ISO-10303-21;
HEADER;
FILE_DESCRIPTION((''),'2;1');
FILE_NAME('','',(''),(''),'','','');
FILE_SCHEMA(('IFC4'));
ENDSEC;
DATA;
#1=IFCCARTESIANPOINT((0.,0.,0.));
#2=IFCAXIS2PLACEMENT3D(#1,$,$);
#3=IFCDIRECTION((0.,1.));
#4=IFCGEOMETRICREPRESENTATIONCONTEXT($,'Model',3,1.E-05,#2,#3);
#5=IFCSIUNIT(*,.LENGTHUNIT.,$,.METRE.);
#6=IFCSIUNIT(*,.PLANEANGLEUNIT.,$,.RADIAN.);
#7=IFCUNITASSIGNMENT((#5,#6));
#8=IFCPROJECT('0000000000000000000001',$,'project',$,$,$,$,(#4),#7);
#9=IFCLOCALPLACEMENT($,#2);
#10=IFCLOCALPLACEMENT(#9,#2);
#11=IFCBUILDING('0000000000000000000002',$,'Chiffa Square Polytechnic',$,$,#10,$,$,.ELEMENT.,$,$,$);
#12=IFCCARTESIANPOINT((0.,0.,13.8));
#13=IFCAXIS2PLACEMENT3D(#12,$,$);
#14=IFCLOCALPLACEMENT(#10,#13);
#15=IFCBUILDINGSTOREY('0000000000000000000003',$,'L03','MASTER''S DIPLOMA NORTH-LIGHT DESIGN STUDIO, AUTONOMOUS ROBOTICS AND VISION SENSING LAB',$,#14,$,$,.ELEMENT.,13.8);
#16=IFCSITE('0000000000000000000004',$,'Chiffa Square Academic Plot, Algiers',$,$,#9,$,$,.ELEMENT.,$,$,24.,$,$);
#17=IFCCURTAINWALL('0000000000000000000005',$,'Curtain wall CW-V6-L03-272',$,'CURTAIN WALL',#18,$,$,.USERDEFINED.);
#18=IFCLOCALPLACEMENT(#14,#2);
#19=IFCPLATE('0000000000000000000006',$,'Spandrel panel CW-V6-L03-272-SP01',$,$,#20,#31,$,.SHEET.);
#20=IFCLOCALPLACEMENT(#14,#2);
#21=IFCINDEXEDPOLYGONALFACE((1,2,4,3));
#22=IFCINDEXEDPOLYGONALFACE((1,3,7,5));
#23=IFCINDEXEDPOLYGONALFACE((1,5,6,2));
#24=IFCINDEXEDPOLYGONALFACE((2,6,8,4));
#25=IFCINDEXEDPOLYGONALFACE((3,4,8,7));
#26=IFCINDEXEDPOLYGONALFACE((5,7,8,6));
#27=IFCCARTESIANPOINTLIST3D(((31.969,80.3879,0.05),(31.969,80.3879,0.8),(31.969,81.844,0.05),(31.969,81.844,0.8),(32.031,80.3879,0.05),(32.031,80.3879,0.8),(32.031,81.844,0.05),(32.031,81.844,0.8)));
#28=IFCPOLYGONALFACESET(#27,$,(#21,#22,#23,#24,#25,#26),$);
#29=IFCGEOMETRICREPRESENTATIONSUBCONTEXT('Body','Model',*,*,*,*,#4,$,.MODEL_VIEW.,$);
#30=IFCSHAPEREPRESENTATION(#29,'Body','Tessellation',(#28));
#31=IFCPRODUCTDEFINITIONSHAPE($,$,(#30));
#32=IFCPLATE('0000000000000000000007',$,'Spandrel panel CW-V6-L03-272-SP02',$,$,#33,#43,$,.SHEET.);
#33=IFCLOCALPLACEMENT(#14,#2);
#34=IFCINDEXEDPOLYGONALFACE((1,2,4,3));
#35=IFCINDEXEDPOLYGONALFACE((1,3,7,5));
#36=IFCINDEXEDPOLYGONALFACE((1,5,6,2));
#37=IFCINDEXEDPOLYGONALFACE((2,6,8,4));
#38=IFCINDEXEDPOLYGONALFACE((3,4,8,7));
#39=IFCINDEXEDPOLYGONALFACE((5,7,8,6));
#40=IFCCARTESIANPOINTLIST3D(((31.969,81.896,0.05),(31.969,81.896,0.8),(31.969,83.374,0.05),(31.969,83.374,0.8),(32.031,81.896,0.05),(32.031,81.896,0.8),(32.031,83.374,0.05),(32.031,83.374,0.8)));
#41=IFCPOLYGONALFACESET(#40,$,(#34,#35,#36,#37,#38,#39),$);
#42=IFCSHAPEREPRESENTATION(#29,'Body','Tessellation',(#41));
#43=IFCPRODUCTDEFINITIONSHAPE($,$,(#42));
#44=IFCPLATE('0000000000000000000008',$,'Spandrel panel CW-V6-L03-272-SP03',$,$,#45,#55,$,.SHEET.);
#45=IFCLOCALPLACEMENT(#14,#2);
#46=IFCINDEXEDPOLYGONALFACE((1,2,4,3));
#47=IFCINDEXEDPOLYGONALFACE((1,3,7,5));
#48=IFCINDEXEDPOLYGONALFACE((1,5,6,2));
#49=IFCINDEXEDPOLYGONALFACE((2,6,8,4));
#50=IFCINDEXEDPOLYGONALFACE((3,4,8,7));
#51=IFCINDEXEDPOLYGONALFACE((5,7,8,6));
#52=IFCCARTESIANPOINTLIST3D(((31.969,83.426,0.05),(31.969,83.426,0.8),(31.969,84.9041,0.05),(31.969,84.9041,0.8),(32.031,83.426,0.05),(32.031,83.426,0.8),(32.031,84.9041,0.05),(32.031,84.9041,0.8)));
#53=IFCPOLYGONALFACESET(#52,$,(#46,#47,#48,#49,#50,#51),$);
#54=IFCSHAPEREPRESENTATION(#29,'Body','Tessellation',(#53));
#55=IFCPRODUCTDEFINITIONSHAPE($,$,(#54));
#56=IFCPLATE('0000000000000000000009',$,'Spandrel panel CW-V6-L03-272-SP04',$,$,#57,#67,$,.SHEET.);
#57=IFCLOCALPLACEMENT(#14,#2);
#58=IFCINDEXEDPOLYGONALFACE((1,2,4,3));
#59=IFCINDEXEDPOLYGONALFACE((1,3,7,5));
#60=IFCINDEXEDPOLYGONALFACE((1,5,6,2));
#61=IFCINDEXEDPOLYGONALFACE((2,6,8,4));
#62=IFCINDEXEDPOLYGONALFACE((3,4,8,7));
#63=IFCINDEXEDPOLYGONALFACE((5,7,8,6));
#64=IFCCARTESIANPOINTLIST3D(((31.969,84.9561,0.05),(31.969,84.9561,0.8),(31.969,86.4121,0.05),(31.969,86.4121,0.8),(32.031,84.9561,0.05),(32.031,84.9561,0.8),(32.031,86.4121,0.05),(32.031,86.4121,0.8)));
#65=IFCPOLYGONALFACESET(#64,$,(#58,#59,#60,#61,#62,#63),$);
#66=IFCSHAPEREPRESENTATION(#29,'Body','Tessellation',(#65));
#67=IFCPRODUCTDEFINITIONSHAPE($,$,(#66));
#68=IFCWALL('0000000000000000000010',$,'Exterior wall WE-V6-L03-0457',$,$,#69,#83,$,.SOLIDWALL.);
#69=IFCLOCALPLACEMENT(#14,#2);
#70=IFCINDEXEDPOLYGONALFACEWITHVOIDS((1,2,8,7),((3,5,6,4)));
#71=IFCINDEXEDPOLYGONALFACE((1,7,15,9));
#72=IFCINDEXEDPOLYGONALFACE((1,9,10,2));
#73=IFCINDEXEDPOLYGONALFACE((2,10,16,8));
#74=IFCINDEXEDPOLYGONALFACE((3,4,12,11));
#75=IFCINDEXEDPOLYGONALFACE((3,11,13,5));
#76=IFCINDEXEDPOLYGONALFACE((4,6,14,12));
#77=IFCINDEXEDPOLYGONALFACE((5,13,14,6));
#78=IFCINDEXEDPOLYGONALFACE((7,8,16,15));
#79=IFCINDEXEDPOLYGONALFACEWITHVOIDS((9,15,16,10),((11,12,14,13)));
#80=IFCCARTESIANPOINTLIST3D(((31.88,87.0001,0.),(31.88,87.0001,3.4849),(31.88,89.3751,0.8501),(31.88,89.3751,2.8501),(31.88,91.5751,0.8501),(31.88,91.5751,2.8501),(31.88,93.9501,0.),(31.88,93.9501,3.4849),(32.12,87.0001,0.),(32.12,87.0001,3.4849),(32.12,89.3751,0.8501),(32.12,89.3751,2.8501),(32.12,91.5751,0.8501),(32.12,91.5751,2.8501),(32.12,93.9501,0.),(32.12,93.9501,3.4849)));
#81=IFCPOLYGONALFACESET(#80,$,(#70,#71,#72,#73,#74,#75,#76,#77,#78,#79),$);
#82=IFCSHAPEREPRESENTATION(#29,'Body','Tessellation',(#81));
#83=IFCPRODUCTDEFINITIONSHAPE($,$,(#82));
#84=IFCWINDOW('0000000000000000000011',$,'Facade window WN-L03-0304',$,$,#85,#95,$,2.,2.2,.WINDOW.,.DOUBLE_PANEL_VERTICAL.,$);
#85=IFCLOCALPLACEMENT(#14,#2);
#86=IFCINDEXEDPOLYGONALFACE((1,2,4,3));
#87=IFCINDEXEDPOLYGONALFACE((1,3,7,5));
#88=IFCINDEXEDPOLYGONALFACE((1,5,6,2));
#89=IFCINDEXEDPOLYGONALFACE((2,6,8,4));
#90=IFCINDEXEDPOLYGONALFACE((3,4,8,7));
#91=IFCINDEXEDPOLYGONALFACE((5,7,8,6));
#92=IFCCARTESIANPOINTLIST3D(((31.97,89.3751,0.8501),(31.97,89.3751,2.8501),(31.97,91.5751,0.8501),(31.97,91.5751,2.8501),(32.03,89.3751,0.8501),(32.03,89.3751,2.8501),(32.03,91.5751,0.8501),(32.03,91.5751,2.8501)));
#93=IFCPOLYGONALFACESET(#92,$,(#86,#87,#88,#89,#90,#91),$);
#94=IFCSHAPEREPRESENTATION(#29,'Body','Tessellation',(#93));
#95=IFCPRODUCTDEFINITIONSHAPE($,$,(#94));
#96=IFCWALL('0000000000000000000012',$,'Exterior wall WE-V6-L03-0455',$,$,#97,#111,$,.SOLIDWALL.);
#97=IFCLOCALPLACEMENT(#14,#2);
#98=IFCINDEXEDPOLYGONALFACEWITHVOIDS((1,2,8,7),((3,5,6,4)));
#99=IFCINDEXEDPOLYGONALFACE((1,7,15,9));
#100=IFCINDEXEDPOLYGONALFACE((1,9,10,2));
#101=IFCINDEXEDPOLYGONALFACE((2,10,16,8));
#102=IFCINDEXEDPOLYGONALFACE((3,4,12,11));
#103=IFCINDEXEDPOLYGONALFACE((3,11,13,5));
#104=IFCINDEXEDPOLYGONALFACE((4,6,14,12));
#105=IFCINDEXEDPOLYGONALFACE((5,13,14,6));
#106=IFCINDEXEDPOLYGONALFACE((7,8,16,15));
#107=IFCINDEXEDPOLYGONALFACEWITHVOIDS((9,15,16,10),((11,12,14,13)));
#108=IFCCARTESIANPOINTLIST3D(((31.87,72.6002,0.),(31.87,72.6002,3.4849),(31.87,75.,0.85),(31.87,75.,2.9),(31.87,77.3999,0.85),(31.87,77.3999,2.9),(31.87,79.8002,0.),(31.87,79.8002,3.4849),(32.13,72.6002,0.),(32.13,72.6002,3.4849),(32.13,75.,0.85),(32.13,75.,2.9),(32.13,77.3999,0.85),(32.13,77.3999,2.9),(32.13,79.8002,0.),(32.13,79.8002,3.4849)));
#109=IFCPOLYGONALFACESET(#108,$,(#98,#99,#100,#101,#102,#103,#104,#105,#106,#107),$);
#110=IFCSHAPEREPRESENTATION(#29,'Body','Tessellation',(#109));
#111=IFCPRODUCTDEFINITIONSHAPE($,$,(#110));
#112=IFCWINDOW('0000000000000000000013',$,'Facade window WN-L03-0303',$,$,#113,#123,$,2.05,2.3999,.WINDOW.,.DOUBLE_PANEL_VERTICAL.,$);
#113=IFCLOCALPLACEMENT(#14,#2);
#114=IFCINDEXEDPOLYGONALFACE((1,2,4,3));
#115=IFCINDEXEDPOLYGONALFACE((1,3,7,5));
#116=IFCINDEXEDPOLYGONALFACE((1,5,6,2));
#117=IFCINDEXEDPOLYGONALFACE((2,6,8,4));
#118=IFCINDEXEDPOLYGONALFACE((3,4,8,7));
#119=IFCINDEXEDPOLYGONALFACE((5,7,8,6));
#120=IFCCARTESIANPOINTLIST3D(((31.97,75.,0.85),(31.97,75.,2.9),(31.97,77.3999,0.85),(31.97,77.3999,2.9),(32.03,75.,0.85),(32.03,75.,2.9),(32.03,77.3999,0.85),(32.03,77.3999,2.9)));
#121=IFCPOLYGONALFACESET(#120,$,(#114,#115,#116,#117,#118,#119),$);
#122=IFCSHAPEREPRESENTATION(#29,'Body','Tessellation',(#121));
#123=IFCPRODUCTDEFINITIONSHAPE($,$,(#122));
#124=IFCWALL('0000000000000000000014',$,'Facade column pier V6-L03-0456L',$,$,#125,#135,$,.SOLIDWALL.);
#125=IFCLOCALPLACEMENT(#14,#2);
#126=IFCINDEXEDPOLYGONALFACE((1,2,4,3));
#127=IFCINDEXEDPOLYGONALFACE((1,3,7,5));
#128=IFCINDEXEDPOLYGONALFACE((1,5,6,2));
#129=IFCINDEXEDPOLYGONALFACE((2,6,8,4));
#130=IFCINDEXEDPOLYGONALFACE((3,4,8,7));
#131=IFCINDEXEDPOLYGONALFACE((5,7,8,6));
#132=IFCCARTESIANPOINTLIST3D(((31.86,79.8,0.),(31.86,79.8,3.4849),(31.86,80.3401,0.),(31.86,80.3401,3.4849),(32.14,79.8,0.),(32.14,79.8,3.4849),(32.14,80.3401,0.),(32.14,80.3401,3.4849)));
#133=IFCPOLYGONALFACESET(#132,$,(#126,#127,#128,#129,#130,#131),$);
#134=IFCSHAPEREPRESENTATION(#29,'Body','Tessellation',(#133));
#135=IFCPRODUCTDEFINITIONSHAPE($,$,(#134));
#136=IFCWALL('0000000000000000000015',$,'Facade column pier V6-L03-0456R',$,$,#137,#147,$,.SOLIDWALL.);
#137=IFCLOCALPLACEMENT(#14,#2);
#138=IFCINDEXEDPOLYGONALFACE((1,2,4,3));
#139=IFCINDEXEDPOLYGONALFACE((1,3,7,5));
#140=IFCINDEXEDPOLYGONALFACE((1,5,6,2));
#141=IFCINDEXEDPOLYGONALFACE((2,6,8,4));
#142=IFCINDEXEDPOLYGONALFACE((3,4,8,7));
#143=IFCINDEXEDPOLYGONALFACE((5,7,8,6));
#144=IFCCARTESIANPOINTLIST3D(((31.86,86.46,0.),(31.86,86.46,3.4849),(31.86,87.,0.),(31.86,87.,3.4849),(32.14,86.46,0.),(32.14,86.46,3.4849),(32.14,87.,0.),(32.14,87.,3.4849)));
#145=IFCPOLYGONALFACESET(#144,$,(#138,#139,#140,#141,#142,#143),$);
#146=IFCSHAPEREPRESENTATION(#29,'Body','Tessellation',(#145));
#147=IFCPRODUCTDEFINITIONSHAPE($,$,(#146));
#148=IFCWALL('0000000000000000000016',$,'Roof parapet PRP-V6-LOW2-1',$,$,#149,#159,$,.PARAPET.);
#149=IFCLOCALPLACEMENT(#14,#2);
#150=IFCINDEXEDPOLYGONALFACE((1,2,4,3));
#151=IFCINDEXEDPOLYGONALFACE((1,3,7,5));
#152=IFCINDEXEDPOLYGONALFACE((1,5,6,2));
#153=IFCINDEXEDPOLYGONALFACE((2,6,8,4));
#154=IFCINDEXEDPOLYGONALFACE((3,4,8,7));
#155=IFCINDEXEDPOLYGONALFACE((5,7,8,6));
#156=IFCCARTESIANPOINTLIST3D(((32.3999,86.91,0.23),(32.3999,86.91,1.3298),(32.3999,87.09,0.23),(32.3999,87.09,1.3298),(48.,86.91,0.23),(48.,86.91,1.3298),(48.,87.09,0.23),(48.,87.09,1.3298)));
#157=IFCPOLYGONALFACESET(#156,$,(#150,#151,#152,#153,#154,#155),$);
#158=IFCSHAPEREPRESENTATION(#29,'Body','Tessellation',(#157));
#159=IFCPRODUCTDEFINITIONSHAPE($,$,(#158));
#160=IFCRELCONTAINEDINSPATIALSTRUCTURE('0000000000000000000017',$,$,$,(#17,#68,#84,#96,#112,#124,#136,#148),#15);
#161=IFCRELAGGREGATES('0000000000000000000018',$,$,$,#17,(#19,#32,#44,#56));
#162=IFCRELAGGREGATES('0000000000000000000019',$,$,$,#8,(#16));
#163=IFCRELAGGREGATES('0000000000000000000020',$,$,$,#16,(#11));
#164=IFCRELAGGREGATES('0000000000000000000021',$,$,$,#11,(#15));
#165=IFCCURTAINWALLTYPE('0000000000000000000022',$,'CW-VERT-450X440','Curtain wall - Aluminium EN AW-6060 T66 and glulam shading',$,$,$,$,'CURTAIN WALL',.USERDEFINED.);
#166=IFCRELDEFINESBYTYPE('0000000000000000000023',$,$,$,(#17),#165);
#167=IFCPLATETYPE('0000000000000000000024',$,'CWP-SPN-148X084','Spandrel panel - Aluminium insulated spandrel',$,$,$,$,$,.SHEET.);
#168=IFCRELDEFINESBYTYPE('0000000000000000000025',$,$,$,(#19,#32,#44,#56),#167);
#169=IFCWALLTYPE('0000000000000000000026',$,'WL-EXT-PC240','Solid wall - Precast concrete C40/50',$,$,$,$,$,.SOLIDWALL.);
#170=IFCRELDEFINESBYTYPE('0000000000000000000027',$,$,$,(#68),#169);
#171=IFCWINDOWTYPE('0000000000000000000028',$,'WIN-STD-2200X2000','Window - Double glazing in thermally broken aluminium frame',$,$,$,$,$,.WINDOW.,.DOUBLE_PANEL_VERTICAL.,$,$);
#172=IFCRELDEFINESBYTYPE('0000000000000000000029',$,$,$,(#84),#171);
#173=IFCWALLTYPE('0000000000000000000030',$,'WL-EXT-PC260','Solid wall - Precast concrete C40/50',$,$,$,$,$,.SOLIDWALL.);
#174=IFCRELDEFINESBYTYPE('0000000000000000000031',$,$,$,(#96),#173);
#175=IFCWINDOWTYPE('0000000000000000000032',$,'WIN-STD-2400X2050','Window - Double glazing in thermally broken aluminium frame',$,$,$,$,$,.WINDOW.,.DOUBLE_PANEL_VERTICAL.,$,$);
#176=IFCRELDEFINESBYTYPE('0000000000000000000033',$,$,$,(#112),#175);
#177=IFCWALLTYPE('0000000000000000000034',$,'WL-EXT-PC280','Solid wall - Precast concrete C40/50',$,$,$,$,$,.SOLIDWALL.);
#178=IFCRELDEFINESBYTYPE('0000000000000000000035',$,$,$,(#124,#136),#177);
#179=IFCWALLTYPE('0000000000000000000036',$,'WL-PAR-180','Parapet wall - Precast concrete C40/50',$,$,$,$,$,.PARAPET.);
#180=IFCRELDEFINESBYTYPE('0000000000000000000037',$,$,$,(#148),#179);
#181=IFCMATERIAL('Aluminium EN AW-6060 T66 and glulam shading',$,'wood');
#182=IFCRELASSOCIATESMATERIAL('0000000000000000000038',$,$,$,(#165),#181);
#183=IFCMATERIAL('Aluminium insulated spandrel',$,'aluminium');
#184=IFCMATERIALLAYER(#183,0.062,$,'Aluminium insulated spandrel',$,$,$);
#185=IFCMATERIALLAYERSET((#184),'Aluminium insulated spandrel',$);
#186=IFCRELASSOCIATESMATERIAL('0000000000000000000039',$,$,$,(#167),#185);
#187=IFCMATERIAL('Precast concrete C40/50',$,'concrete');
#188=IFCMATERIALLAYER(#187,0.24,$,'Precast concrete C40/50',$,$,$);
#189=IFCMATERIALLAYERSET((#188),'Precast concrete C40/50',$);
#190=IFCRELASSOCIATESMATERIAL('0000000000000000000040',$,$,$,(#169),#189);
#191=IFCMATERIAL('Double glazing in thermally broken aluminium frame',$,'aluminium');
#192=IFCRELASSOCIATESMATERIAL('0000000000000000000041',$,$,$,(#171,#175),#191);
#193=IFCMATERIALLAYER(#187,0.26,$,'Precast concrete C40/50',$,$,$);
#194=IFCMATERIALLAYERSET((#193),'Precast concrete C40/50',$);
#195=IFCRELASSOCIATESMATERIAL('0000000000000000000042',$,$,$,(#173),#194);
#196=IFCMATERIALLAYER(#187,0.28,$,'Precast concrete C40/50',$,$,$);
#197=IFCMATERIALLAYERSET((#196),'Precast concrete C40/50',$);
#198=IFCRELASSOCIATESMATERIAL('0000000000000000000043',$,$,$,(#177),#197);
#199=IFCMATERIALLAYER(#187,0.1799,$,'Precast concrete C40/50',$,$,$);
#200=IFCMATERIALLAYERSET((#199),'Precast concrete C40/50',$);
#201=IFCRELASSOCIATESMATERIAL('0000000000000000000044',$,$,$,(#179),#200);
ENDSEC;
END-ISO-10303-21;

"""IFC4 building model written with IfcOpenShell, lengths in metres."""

from ifc_helpers import new_model, si_unit, direction, frame, frame_2d, origin, origin_2d, place, context, subcontext, project, spatial, rectangle, extrude, material, layer, layer_set, type_object, element, fill, aggregate, save


model = new_model("IFC4")

# Units and contexts
model_context = context("Model", 3, precision=1e-05, world=origin(), true_north=direction((0.0, 1.0)))
body_context = subcontext(model_context, "Body", "Model", "MODEL_VIEW")
ifc_project = project(units=[si_unit("LENGTHUNIT", "METRE"), si_unit("PLANEANGLEUNIT", "RADIAN")], contexts=[model_context])

# Site, building, storey
site_placement = place(None, origin())
site = spatial("IfcSite", under=ifc_project, at=site_placement, Name="Chiffa Square Academic Plot, Algiers", CompositionType="ELEMENT", RefElevation=24.0)
building_placement = place(site_placement, origin())
building = spatial("IfcBuilding", under=site, at=building_placement, Name="Chiffa Square Polytechnic", CompositionType="ELEMENT")
storey_placement = place(building_placement, frame((0.0, 0.0, 13.8)))
storey = spatial("IfcBuildingStorey", under=building, at=storey_placement, Name="L03", Description="MASTER'S DIPLOMA NORTH-LIGHT DESIGN STUDIO, AUTONOMOUS ROBOTICS AND VISION SENSING LAB", CompositionType="ELEMENT", Elevation=13.8)

# Curtain wall
ifc_material_1 = material(Name="Aluminium EN AW-6060 T66 and glulam shading", Category="wood")
curtain_wall_type = type_object("IfcCurtainWallType", Name="CW-VERT-450X440", Description="Curtain wall - Aluminium EN AW-6060 T66 and glulam shading", ElementType="CURTAIN WALL", PredefinedType="USERDEFINED", material=ifc_material_1)
curtain_wall_placement = place(storey_placement, origin())
curtain_wall = element("IfcCurtainWall", 1, at=curtain_wall_placement, inside=storey, type_object=curtain_wall_type, Name="Curtain wall CW-V6-L03-272", ObjectType="CURTAIN WALL", PredefinedType="USERDEFINED")

# Plates
ifc_material_2 = material(Name="Aluminium insulated spandrel", Category="aluminium")
ifc_layer_1 = layer(ifc_material_2, 0.062, Name="Aluminium insulated spandrel")
ifc_layer_set_1 = layer_set([ifc_layer_1], Name="Aluminium insulated spandrel")
plate_type_1 = type_object("IfcPlateType", Name="CWP-SPN-148X084", Description="Spandrel panel - Aluminium insulated spandrel", PredefinedType="SHEET", material=ifc_layer_set_1)
plate_1_placement = place(storey_placement, frame((32.0, 81.116, 0.05), z_axis=(0.0, 0.0, 1.0), x_axis=(0.0, 1.0, 0.0)))
plate_1 = element("IfcPlate", 2, at=plate_1_placement, type_object=plate_type_1, Name="Spandrel panel CW-V6-L03-272-SP01", PredefinedType="SHEET", context=body_context, shape_type="SweptSolid", body=[
    extrude(rectangle(XDim=1.4561, YDim=0.062, at=origin_2d()), origin(), (0.0, 0.0, 1.0), 0.75),
])
plate_2_placement = place(storey_placement, frame((32.0, 82.635, 0.05), z_axis=(0.0, 0.0, 1.0), x_axis=(0.0, 1.0, 0.0)))
plate_2 = element("IfcPlate", 3, at=plate_2_placement, type_object=plate_type_1, Name="Spandrel panel CW-V6-L03-272-SP02", PredefinedType="SHEET", context=body_context, shape_type="SweptSolid", body=[
    extrude(rectangle(XDim=1.478, YDim=0.062, at=origin_2d()), origin(), (0.0, 0.0, 1.0), 0.75),
])
plate_3_placement = place(storey_placement, frame((32.0, 84.165, 0.05), z_axis=(0.0, 0.0, 1.0), x_axis=(0.0, 1.0, 0.0)))
plate_3 = element("IfcPlate", 4, at=plate_3_placement, type_object=plate_type_1, Name="Spandrel panel CW-V6-L03-272-SP03", PredefinedType="SHEET", context=body_context, shape_type="SweptSolid", body=[
    extrude(rectangle(XDim=1.478, YDim=0.062, at=origin_2d()), origin(), (0.0, 0.0, 1.0), 0.75),
])
plate_4_placement = place(storey_placement, frame((32.0, 85.6841, 0.05), z_axis=(0.0, 0.0, 1.0), x_axis=(0.0, 1.0, 0.0)))
plate_4 = element("IfcPlate", 5, at=plate_4_placement, type_object=plate_type_1, Name="Spandrel panel CW-V6-L03-272-SP04", PredefinedType="SHEET", context=body_context, shape_type="SweptSolid", body=[
    extrude(rectangle(XDim=1.4561, YDim=0.062, at=origin_2d()), origin(), (0.0, 0.0, 1.0), 0.75),
])
aggregate(curtain_wall, [plate_1, plate_2, plate_3, plate_4])

# Walls, openings, windows
ifc_material_3 = material(Name="Precast concrete C40/50", Category="concrete")
ifc_layer_2 = layer(ifc_material_3, 0.24, Name="Precast concrete C40/50")
ifc_layer_set_2 = layer_set([ifc_layer_2], Name="Precast concrete C40/50")
wall_type_1 = type_object("IfcWallType", Name="WL-EXT-PC240", Description="Solid wall - Precast concrete C40/50", PredefinedType="SOLIDWALL", material=ifc_layer_set_2)
wall_1_placement = place(storey_placement, frame((32.0, 87.0, 0.0), z_axis=(0.0, 0.0, 1.0), x_axis=(0.0, 1.0, 0.0)))
wall_1 = element("IfcWall", 6, at=wall_1_placement, inside=storey, type_object=wall_type_1, Name="Exterior wall WE-V6-L03-0457", PredefinedType="SOLIDWALL", context=body_context, shape_type="SweptSolid", body=[
    extrude(rectangle(XDim=6.95, YDim=0.24, at=frame_2d((3.4751, 0.0))), origin(), (0.0, 0.0, 1.0), 3.4849),
])
opening_1_placement = place(wall_1_placement, frame((2.375, 0.0, 0.8501)))
opening_1 = element("IfcOpeningElement", 7, at=opening_1_placement, cuts=wall_1, PredefinedType="OPENING", context=body_context, shape_type="SweptSolid", body=[
    extrude(rectangle(XDim=2.2, YDim=2.0, at=frame_2d((1.1001, 1.0))), frame((0.0, 0.1299, 0.0), z_axis=(0.0, -1.0, 0.0), x_axis=(1.0, 0.0, 0.0)), (0.0, 0.0, 1.0), 0.26),
])
ifc_material_4 = material(Name="Double glazing in thermally broken aluminium frame", Category="aluminium")
window_type_1 = type_object("IfcWindowType", Name="WIN-STD-2200X2000", Description="Window - Double glazing in thermally broken aluminium frame", PartitioningType="DOUBLE_PANEL_VERTICAL", PredefinedType="WINDOW", material=ifc_material_4)
window_1_placement = place(opening_1_placement, origin())
window_1 = element("IfcWindow", 8, at=window_1_placement, inside=storey, type_object=window_type_1, Name="Facade window WN-L03-0304", OverallHeight=2.0, OverallWidth=2.2, PartitioningType="DOUBLE_PANEL_VERTICAL", PredefinedType="WINDOW", context=body_context, shape_type="SweptSolid", body=[
    extrude(rectangle(XDim=2.2, YDim=2.0, at=frame_2d((1.1001, 1.0))), frame((0.0, 0.03, 0.0), z_axis=(0.0, -1.0, 0.0), x_axis=(1.0, 0.0, 0.0)), (0.0, 0.0, 1.0), 0.0601),
])
fill(opening_1, window_1)
ifc_layer_3 = layer(ifc_material_3, 0.26, Name="Precast concrete C40/50")
ifc_layer_set_3 = layer_set([ifc_layer_3], Name="Precast concrete C40/50")
wall_type_2 = type_object("IfcWallType", Name="WL-EXT-PC260", Description="Solid wall - Precast concrete C40/50", PredefinedType="SOLIDWALL", material=ifc_layer_set_3)
wall_2_placement = place(storey_placement, frame((32.0, 72.6001, 0.0), z_axis=(0.0, 0.0, 1.0), x_axis=(0.0, 1.0, 0.0)))
wall_2 = element("IfcWall", 9, at=wall_2_placement, inside=storey, type_object=wall_type_2, Name="Exterior wall WE-V6-L03-0455", PredefinedType="SOLIDWALL", context=body_context, shape_type="SweptSolid", body=[
    extrude(rectangle(XDim=7.2, YDim=0.26, at=frame_2d((3.6001, 0.0))), origin(), (0.0, 0.0, 1.0), 3.4849),
])
opening_2_placement = place(wall_2_placement, frame((2.3999, 0.0, 0.8501)))
opening_2 = element("IfcOpeningElement", 10, at=opening_2_placement, cuts=wall_2, PredefinedType="OPENING", context=body_context, shape_type="SweptSolid", body=[
    extrude(rectangle(XDim=2.3999, YDim=2.05, at=frame_2d((1.2, 1.0249))), frame((0.0, 0.1401, 0.0), z_axis=(0.0, -1.0, 0.0), x_axis=(1.0, 0.0, 0.0)), (0.0, 0.0, 1.0), 0.28),
])
window_type_2 = type_object("IfcWindowType", Name="WIN-STD-2400X2050", Description="Window - Double glazing in thermally broken aluminium frame", PartitioningType="DOUBLE_PANEL_VERTICAL", PredefinedType="WINDOW", material=ifc_material_4)
window_2_placement = place(opening_2_placement, origin())
window_2 = element("IfcWindow", 11, at=window_2_placement, inside=storey, type_object=window_type_2, Name="Facade window WN-L03-0303", OverallHeight=2.05, OverallWidth=2.3999, PartitioningType="DOUBLE_PANEL_VERTICAL", PredefinedType="WINDOW", context=body_context, shape_type="SweptSolid", body=[
    extrude(rectangle(XDim=2.3999, YDim=2.05, at=frame_2d((1.2, 1.0249))), frame((0.0, 0.03, 0.0), z_axis=(0.0, -1.0, 0.0), x_axis=(1.0, 0.0, 0.0)), (0.0, 0.0, 1.0), 0.0601),
])
fill(opening_2, window_2)

# Walls
ifc_layer_4 = layer(ifc_material_3, 0.28, Name="Precast concrete C40/50")
ifc_layer_set_4 = layer_set([ifc_layer_4], Name="Precast concrete C40/50")
wall_type_3 = type_object("IfcWallType", Name="WL-EXT-PC280", Description="Solid wall - Precast concrete C40/50", PredefinedType="SOLIDWALL", material=ifc_layer_set_4)
for number, where, z_axis, x_axis, name in (
    (12, (32.0, 79.8, 0.0), (0.0, 0.0, 1.0), (0.0, 1.0, 0.0), "Facade column pier V6-L03-0456L"),
    (13, (32.0, 86.46, 0.0), (0.0, 0.0, 1.0), (0.0, 1.0, 0.0), "Facade column pier V6-L03-0456R"),
):
    element("IfcWall", number, at=place(storey_placement, frame(where, z_axis=z_axis, x_axis=x_axis)), inside=storey, type_object=wall_type_3, Name=name, PredefinedType="SOLIDWALL", context=body_context, shape_type="SweptSolid", body=[
        extrude(rectangle(XDim=0.54, YDim=0.28, at=frame_2d((0.27, 0.0))), origin(), (0.0, 0.0, 1.0), 3.4849),
    ])
ifc_layer_5 = layer(ifc_material_3, 0.1799, Name="Precast concrete C40/50")
ifc_layer_set_5 = layer_set([ifc_layer_5], Name="Precast concrete C40/50")
wall_type_4 = type_object("IfcWallType", Name="WL-PAR-180", Description="Parapet wall - Precast concrete C40/50", PredefinedType="PARAPET", material=ifc_layer_set_5)
wall_3_placement = place(storey_placement, frame((32.3999, 87.0, 0.23), z_axis=(0.0, 0.0, 1.0), x_axis=(1.0, 0.0, 0.0)))
element("IfcWall", 14, at=wall_3_placement, inside=storey, type_object=wall_type_4, Name="Roof parapet PRP-V6-LOW2-1", PredefinedType="PARAPET", context=body_context, shape_type="SweptSolid", body=[
    extrude(rectangle(XDim=15.6001, YDim=0.1799, at=frame_2d((7.8, 0.0))), origin(), (0.0, 0.0, 1.0), 1.0999),
])

save(model, "model.ifc")
